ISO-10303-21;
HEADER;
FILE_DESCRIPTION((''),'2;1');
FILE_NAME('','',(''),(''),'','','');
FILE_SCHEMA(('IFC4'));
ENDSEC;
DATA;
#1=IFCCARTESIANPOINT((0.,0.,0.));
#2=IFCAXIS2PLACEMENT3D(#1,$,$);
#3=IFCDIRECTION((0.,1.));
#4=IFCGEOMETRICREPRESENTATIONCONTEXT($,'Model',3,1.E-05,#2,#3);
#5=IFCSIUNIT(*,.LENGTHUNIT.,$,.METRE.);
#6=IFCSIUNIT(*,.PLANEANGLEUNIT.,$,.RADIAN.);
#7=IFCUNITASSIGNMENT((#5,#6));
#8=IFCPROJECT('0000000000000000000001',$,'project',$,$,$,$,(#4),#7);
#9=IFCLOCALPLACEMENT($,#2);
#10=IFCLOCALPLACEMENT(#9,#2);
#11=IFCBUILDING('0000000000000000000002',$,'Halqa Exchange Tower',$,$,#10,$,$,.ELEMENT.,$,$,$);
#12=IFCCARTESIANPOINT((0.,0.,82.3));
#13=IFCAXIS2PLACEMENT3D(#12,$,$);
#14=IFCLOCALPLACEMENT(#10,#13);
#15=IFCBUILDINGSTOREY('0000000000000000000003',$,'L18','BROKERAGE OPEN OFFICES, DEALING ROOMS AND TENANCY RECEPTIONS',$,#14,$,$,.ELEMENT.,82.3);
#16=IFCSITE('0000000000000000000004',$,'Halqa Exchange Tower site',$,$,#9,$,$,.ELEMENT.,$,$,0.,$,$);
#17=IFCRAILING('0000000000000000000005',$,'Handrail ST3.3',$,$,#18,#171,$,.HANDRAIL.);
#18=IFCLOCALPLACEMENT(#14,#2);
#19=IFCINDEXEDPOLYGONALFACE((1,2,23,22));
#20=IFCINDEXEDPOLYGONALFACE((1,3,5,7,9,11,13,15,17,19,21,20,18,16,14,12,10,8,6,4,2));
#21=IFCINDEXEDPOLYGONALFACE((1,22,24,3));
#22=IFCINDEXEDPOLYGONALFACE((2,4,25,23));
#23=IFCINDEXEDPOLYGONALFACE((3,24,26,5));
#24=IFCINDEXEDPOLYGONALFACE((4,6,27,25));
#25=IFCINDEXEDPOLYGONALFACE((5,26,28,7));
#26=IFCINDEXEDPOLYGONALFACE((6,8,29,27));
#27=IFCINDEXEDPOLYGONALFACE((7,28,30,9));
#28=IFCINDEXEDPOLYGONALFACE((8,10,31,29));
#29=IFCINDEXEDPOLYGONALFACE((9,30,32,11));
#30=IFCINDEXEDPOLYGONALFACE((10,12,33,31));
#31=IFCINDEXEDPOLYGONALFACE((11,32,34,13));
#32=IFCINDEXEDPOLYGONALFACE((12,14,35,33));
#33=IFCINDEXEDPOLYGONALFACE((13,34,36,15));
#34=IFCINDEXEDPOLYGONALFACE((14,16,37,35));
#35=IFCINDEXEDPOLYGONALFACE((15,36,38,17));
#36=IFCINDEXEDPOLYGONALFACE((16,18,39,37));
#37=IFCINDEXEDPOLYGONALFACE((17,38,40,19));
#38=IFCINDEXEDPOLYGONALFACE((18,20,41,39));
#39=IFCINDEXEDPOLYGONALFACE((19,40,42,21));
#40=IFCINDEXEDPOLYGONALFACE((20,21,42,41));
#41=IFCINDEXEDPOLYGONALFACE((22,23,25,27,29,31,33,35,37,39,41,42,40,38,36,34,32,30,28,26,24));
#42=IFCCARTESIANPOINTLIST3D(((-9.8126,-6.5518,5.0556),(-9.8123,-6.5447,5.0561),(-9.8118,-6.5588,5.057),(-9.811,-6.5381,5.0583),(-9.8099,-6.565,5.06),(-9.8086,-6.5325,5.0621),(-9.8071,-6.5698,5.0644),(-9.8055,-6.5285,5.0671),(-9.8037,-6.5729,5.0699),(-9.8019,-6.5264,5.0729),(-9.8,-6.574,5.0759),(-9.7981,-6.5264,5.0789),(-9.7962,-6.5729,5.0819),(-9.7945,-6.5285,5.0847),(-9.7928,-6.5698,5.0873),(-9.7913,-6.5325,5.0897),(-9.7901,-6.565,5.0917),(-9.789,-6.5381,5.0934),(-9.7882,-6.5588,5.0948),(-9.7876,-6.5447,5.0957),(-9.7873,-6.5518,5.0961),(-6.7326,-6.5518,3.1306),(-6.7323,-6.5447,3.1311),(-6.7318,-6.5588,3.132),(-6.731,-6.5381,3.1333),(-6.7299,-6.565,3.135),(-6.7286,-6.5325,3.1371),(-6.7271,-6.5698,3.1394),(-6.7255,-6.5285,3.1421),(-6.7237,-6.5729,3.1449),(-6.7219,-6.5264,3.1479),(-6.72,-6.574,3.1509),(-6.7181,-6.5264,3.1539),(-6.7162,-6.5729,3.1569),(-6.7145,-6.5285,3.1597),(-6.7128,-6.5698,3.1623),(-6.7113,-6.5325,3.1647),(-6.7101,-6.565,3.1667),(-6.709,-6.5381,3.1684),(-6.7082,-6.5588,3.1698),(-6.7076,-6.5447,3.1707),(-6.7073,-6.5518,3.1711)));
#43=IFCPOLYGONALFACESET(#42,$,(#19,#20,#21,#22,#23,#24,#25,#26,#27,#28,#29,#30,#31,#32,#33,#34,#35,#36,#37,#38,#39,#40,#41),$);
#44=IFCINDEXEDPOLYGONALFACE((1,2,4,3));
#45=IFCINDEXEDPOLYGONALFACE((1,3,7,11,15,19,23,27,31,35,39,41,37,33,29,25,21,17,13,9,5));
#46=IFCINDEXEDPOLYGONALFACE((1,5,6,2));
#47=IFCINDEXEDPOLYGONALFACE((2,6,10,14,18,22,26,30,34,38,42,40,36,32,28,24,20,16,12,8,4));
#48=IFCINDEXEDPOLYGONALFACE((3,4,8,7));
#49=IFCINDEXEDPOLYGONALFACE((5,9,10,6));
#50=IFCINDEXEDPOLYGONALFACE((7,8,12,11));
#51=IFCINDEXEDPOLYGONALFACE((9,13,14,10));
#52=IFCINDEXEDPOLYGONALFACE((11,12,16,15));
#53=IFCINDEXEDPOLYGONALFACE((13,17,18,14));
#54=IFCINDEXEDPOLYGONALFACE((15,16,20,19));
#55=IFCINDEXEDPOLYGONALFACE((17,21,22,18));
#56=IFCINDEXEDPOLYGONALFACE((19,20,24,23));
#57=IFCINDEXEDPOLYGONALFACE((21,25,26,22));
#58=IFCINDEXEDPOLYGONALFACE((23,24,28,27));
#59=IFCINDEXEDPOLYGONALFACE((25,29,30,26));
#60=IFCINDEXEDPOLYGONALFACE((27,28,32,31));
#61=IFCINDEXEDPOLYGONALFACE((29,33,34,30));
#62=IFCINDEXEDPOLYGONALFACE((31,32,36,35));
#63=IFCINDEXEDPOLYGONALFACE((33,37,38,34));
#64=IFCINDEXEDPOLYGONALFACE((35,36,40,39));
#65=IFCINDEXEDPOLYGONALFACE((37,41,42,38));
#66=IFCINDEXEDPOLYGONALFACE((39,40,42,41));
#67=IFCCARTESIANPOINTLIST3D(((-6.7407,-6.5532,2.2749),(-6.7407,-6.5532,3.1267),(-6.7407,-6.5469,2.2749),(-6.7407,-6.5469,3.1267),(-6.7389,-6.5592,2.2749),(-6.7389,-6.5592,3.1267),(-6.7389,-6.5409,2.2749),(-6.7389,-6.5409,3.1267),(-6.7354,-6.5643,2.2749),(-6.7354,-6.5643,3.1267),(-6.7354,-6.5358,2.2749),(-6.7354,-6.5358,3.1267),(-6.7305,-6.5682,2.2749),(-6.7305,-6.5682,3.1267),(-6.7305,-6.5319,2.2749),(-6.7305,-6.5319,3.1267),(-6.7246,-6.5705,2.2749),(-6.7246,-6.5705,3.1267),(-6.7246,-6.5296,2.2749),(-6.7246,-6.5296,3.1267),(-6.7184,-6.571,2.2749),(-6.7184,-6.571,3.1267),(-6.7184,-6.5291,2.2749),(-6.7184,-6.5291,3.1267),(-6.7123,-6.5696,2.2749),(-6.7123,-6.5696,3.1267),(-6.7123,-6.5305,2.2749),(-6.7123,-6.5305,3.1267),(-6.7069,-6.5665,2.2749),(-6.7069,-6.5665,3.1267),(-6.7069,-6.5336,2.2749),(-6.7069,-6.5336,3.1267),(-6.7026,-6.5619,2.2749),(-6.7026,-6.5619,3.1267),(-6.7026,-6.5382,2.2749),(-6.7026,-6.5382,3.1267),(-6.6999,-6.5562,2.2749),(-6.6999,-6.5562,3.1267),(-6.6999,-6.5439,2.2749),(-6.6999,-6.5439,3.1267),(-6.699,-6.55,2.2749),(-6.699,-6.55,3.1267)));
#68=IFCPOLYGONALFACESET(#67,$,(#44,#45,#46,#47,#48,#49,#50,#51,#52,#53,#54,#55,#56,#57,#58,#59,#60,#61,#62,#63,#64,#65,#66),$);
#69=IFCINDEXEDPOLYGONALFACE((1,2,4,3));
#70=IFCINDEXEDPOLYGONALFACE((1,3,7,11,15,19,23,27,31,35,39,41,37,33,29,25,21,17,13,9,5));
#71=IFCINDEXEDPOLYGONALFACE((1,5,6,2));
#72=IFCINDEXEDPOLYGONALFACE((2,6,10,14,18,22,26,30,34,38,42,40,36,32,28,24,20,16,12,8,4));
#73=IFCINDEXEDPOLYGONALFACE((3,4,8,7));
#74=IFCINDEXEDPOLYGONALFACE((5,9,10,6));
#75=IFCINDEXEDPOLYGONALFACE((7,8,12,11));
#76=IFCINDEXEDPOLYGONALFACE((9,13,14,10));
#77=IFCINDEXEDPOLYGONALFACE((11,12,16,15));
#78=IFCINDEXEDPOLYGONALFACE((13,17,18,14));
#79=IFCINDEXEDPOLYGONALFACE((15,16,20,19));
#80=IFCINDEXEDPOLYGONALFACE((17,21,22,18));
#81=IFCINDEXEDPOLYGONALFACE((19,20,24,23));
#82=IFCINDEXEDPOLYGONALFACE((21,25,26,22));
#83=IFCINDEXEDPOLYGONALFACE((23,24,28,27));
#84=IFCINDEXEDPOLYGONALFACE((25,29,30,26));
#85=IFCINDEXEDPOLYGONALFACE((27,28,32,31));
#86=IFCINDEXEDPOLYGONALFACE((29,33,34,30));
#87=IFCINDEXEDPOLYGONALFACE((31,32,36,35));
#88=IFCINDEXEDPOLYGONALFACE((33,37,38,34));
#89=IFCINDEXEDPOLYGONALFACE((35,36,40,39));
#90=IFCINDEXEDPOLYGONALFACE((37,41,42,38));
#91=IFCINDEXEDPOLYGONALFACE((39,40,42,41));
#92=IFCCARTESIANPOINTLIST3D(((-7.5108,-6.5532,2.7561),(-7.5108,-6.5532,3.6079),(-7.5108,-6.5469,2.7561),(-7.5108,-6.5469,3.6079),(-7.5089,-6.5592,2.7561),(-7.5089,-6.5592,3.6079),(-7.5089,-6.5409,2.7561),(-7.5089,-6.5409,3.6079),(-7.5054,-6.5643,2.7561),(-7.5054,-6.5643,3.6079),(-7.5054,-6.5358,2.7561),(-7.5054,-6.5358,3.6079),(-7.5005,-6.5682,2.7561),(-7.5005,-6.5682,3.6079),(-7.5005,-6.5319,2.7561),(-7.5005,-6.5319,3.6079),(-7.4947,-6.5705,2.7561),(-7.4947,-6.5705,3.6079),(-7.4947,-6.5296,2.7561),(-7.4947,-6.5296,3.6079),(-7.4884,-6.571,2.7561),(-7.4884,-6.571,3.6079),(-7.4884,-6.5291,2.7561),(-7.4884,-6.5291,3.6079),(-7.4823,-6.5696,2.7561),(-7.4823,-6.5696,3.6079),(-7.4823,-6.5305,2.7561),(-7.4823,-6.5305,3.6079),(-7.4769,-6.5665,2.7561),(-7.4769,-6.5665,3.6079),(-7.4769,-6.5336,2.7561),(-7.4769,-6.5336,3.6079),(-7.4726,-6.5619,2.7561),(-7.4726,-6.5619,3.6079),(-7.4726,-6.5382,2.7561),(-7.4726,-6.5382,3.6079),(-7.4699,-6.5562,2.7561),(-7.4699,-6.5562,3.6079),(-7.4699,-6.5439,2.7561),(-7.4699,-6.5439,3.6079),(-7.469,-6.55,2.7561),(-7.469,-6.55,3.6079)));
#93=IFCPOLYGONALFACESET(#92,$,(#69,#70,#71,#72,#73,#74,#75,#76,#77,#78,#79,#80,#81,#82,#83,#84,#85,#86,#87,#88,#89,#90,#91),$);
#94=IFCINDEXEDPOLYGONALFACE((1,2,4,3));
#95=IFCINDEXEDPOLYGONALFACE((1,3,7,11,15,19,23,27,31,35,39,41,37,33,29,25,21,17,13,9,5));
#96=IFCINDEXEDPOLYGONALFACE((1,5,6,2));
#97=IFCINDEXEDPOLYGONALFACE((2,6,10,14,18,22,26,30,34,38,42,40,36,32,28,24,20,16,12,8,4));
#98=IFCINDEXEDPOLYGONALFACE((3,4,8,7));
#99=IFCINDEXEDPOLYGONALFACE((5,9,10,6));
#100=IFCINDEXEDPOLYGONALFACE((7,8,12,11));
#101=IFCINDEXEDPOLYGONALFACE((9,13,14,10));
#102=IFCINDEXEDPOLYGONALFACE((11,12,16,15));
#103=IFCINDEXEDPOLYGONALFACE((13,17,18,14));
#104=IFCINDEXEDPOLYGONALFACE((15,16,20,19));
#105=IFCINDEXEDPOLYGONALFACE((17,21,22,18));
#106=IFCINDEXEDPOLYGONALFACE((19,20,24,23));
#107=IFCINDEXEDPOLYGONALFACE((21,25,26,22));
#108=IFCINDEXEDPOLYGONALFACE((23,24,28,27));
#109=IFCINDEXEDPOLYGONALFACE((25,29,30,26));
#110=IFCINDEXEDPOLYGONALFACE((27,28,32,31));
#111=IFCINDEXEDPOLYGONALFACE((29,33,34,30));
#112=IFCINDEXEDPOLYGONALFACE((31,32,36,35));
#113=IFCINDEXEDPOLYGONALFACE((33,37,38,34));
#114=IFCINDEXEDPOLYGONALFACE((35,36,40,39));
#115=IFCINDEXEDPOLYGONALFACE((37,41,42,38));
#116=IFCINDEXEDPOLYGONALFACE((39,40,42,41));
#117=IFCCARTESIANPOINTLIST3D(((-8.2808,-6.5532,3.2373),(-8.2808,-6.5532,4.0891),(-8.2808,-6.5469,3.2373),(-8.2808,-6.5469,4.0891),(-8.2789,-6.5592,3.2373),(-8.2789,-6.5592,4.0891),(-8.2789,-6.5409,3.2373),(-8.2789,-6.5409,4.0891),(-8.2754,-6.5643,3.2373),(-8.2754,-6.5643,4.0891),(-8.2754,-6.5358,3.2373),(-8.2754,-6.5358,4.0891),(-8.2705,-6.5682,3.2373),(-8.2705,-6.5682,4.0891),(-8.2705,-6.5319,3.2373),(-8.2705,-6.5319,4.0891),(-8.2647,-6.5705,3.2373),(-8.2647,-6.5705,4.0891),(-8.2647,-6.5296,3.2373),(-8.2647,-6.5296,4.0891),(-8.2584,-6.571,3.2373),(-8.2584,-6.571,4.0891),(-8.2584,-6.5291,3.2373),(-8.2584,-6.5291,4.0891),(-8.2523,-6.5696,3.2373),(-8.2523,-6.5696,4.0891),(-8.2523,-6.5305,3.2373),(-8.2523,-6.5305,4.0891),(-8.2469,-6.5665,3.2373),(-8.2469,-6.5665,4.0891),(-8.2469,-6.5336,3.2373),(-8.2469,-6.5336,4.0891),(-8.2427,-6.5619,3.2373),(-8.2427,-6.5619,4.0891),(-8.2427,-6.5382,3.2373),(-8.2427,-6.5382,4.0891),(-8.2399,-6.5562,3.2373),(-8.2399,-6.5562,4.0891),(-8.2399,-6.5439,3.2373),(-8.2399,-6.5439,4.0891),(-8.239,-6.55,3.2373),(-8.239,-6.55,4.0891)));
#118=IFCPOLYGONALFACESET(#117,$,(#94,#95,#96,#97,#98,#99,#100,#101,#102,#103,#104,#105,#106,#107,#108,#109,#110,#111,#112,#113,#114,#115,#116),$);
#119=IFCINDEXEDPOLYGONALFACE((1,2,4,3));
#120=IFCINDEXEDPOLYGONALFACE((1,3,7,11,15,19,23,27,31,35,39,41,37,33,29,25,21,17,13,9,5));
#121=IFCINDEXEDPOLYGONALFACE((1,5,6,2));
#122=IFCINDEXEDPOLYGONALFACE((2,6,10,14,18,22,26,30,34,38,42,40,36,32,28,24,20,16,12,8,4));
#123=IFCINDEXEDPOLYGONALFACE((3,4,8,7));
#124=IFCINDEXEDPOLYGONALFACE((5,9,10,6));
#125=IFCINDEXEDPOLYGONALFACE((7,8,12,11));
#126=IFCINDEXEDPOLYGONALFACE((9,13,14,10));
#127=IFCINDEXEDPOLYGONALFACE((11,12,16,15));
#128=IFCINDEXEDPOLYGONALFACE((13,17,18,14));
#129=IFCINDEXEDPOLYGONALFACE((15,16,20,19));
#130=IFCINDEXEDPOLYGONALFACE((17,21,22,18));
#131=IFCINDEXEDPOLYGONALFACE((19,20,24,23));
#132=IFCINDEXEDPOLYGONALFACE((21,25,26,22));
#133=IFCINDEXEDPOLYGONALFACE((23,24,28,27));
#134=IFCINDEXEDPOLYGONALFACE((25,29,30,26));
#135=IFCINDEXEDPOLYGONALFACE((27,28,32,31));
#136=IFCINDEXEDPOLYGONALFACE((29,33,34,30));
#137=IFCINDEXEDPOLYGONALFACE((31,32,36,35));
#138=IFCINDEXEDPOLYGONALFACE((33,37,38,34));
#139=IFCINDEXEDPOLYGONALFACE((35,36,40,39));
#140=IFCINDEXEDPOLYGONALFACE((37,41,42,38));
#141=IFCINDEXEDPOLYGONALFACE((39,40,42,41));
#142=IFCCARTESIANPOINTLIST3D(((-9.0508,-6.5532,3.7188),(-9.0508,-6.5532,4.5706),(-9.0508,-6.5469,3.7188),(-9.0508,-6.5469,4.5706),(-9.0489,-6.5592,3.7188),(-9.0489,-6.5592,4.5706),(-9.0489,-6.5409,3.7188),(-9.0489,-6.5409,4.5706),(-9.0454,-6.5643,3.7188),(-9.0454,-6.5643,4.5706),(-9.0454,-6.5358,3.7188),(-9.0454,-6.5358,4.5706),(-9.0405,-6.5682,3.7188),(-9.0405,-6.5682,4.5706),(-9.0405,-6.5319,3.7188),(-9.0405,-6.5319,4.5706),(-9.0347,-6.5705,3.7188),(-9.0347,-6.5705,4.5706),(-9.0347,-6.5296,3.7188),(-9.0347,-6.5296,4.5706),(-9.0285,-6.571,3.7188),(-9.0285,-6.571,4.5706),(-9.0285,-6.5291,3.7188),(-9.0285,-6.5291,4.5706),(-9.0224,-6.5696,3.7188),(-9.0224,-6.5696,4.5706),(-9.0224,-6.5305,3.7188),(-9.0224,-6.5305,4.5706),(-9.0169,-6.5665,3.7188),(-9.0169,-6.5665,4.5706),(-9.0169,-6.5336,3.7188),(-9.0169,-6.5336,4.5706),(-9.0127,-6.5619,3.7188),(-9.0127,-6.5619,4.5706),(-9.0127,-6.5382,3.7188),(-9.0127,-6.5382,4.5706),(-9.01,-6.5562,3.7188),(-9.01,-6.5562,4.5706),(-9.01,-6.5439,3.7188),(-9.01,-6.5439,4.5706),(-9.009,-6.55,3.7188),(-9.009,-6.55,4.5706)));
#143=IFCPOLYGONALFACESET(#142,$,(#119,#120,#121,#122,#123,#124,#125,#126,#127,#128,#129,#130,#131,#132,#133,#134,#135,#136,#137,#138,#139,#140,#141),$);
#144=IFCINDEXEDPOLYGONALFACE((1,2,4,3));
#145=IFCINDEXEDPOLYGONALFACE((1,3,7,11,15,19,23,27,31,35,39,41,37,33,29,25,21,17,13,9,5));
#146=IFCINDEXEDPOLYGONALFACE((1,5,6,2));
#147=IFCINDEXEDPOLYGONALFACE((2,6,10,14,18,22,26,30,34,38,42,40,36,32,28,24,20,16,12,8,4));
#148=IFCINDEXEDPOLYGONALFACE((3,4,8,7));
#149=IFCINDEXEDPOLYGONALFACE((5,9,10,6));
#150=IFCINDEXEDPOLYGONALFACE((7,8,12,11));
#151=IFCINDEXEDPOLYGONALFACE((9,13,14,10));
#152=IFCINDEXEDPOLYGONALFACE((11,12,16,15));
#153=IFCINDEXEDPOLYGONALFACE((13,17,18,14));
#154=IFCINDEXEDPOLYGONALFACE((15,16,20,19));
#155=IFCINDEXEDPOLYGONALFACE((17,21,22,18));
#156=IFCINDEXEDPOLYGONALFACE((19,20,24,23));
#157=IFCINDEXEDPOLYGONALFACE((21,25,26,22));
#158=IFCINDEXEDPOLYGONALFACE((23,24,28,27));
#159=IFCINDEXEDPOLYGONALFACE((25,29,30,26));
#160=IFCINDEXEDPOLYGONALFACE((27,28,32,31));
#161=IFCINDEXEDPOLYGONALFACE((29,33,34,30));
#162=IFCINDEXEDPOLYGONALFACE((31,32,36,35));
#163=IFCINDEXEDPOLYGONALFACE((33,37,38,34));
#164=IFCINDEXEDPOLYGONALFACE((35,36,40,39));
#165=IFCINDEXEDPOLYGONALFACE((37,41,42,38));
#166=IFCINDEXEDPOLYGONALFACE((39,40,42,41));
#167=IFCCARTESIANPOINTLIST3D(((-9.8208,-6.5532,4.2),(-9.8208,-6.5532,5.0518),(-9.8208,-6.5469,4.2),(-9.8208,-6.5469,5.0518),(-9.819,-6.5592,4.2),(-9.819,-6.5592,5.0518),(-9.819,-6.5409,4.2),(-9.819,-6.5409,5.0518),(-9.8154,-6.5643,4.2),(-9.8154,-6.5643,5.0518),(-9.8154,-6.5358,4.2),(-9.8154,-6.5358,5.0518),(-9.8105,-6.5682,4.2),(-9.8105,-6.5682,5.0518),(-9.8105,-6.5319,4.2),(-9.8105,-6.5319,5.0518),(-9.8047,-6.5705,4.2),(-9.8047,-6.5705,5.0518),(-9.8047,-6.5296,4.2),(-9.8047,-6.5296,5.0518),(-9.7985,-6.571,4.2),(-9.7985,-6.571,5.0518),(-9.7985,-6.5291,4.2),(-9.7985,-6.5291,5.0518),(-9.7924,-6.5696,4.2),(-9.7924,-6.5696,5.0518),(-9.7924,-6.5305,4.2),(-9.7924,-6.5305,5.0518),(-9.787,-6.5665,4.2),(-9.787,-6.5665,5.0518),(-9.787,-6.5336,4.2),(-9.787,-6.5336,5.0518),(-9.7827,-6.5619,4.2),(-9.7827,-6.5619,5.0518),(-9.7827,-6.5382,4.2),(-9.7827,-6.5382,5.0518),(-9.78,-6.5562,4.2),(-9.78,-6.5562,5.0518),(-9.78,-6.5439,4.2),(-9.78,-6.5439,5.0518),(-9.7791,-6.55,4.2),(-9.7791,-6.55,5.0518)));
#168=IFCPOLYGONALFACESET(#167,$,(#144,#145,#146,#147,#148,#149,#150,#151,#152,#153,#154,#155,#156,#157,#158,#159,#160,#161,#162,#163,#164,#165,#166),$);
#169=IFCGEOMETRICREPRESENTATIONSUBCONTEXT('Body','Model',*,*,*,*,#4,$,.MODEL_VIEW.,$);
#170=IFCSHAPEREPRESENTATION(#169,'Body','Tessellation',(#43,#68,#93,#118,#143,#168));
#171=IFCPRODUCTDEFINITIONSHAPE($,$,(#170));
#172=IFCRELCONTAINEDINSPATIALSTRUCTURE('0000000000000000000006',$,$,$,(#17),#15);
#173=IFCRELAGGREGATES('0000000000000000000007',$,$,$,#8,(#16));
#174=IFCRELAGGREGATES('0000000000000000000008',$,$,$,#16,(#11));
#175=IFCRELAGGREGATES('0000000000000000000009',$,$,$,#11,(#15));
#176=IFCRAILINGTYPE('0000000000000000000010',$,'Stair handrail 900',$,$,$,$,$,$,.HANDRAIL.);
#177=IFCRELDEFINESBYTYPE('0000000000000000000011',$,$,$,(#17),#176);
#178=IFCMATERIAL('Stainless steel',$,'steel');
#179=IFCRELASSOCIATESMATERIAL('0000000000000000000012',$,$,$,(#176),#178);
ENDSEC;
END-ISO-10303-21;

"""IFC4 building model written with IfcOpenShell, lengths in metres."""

from ifc_helpers import new_model, si_unit, direction, frame, origin, origin_2d, place, context, subcontext, project, spatial, circle, extrude, material, type_object, element, save


model = new_model("IFC4")

# Units and contexts
model_context = context("Model", 3, precision=1e-05, world=origin(), true_north=direction((0.0, 1.0)))
body_context = subcontext(model_context, "Body", "Model", "MODEL_VIEW")
ifc_project = project(units=[si_unit("LENGTHUNIT", "METRE"), si_unit("PLANEANGLEUNIT", "RADIAN")], contexts=[model_context])

# Site, building, storey
site_placement = place(None, origin())
site = spatial("IfcSite", under=ifc_project, at=site_placement, Name="Halqa Exchange Tower site", CompositionType="ELEMENT", RefElevation=0.0)
building_placement = place(site_placement, origin())
building = spatial("IfcBuilding", under=site, at=building_placement, Name="Halqa Exchange Tower", CompositionType="ELEMENT")
storey_placement = place(building_placement, frame((0.0, 0.0, 82.3)))
storey = spatial("IfcBuildingStorey", under=building, at=storey_placement, Name="L18", Description="BROKERAGE OPEN OFFICES, DEALING ROOMS AND TENANCY RECEPTIONS", CompositionType="ELEMENT", Elevation=82.3)

# Shared definitions
ifc_material_1 = material(Name="Stainless steel", Category="steel")

# Railing
railing_type_1 = type_object("IfcRailingType", Name="Stair handrail 900", PredefinedType="HANDRAIL", material=ifc_material_1)
railing_1_placement = place(storey_placement, frame((-6.72, -6.55, 2.2749)))
element("IfcRailing", 1, at=railing_1_placement, inside=storey, type_object=railing_type_1, Name="Handrail ST3.3", PredefinedType="HANDRAIL", context=body_context, shape_type="SweptSolid", body=[
    extrude(circle(Radius=0.0239, at=origin_2d()), frame((0.0, 0.0, 0.876), z_axis=(-0.847998, 0.0, 0.529999), x_axis=(0.0, -1.0, 0.0)), (0.0, 0.0, 1.0), 3.6321),
    extrude(circle(Radius=0.021, at=origin_2d()), origin(), (0.0, 0.0, 1.0), 0.8518),
    extrude(circle(Radius=0.021, at=origin_2d()), frame((-0.77, 0.0, 0.4812)), (0.0, 0.0, 1.0), 0.8518),
    extrude(circle(Radius=0.021, at=origin_2d()), frame((-1.54, 0.0, 0.9624)), (0.0, 0.0, 1.0), 0.8518),
    extrude(circle(Radius=0.021, at=origin_2d()), frame((-2.3101, 0.0, 1.4438)), (0.0, 0.0, 1.0), 0.8518),
    extrude(circle(Radius=0.021, at=origin_2d()), frame((-3.0801, 0.0, 1.925)), (0.0, 0.0, 1.0), 0.8518),
])

save(model, "model.ifc")
